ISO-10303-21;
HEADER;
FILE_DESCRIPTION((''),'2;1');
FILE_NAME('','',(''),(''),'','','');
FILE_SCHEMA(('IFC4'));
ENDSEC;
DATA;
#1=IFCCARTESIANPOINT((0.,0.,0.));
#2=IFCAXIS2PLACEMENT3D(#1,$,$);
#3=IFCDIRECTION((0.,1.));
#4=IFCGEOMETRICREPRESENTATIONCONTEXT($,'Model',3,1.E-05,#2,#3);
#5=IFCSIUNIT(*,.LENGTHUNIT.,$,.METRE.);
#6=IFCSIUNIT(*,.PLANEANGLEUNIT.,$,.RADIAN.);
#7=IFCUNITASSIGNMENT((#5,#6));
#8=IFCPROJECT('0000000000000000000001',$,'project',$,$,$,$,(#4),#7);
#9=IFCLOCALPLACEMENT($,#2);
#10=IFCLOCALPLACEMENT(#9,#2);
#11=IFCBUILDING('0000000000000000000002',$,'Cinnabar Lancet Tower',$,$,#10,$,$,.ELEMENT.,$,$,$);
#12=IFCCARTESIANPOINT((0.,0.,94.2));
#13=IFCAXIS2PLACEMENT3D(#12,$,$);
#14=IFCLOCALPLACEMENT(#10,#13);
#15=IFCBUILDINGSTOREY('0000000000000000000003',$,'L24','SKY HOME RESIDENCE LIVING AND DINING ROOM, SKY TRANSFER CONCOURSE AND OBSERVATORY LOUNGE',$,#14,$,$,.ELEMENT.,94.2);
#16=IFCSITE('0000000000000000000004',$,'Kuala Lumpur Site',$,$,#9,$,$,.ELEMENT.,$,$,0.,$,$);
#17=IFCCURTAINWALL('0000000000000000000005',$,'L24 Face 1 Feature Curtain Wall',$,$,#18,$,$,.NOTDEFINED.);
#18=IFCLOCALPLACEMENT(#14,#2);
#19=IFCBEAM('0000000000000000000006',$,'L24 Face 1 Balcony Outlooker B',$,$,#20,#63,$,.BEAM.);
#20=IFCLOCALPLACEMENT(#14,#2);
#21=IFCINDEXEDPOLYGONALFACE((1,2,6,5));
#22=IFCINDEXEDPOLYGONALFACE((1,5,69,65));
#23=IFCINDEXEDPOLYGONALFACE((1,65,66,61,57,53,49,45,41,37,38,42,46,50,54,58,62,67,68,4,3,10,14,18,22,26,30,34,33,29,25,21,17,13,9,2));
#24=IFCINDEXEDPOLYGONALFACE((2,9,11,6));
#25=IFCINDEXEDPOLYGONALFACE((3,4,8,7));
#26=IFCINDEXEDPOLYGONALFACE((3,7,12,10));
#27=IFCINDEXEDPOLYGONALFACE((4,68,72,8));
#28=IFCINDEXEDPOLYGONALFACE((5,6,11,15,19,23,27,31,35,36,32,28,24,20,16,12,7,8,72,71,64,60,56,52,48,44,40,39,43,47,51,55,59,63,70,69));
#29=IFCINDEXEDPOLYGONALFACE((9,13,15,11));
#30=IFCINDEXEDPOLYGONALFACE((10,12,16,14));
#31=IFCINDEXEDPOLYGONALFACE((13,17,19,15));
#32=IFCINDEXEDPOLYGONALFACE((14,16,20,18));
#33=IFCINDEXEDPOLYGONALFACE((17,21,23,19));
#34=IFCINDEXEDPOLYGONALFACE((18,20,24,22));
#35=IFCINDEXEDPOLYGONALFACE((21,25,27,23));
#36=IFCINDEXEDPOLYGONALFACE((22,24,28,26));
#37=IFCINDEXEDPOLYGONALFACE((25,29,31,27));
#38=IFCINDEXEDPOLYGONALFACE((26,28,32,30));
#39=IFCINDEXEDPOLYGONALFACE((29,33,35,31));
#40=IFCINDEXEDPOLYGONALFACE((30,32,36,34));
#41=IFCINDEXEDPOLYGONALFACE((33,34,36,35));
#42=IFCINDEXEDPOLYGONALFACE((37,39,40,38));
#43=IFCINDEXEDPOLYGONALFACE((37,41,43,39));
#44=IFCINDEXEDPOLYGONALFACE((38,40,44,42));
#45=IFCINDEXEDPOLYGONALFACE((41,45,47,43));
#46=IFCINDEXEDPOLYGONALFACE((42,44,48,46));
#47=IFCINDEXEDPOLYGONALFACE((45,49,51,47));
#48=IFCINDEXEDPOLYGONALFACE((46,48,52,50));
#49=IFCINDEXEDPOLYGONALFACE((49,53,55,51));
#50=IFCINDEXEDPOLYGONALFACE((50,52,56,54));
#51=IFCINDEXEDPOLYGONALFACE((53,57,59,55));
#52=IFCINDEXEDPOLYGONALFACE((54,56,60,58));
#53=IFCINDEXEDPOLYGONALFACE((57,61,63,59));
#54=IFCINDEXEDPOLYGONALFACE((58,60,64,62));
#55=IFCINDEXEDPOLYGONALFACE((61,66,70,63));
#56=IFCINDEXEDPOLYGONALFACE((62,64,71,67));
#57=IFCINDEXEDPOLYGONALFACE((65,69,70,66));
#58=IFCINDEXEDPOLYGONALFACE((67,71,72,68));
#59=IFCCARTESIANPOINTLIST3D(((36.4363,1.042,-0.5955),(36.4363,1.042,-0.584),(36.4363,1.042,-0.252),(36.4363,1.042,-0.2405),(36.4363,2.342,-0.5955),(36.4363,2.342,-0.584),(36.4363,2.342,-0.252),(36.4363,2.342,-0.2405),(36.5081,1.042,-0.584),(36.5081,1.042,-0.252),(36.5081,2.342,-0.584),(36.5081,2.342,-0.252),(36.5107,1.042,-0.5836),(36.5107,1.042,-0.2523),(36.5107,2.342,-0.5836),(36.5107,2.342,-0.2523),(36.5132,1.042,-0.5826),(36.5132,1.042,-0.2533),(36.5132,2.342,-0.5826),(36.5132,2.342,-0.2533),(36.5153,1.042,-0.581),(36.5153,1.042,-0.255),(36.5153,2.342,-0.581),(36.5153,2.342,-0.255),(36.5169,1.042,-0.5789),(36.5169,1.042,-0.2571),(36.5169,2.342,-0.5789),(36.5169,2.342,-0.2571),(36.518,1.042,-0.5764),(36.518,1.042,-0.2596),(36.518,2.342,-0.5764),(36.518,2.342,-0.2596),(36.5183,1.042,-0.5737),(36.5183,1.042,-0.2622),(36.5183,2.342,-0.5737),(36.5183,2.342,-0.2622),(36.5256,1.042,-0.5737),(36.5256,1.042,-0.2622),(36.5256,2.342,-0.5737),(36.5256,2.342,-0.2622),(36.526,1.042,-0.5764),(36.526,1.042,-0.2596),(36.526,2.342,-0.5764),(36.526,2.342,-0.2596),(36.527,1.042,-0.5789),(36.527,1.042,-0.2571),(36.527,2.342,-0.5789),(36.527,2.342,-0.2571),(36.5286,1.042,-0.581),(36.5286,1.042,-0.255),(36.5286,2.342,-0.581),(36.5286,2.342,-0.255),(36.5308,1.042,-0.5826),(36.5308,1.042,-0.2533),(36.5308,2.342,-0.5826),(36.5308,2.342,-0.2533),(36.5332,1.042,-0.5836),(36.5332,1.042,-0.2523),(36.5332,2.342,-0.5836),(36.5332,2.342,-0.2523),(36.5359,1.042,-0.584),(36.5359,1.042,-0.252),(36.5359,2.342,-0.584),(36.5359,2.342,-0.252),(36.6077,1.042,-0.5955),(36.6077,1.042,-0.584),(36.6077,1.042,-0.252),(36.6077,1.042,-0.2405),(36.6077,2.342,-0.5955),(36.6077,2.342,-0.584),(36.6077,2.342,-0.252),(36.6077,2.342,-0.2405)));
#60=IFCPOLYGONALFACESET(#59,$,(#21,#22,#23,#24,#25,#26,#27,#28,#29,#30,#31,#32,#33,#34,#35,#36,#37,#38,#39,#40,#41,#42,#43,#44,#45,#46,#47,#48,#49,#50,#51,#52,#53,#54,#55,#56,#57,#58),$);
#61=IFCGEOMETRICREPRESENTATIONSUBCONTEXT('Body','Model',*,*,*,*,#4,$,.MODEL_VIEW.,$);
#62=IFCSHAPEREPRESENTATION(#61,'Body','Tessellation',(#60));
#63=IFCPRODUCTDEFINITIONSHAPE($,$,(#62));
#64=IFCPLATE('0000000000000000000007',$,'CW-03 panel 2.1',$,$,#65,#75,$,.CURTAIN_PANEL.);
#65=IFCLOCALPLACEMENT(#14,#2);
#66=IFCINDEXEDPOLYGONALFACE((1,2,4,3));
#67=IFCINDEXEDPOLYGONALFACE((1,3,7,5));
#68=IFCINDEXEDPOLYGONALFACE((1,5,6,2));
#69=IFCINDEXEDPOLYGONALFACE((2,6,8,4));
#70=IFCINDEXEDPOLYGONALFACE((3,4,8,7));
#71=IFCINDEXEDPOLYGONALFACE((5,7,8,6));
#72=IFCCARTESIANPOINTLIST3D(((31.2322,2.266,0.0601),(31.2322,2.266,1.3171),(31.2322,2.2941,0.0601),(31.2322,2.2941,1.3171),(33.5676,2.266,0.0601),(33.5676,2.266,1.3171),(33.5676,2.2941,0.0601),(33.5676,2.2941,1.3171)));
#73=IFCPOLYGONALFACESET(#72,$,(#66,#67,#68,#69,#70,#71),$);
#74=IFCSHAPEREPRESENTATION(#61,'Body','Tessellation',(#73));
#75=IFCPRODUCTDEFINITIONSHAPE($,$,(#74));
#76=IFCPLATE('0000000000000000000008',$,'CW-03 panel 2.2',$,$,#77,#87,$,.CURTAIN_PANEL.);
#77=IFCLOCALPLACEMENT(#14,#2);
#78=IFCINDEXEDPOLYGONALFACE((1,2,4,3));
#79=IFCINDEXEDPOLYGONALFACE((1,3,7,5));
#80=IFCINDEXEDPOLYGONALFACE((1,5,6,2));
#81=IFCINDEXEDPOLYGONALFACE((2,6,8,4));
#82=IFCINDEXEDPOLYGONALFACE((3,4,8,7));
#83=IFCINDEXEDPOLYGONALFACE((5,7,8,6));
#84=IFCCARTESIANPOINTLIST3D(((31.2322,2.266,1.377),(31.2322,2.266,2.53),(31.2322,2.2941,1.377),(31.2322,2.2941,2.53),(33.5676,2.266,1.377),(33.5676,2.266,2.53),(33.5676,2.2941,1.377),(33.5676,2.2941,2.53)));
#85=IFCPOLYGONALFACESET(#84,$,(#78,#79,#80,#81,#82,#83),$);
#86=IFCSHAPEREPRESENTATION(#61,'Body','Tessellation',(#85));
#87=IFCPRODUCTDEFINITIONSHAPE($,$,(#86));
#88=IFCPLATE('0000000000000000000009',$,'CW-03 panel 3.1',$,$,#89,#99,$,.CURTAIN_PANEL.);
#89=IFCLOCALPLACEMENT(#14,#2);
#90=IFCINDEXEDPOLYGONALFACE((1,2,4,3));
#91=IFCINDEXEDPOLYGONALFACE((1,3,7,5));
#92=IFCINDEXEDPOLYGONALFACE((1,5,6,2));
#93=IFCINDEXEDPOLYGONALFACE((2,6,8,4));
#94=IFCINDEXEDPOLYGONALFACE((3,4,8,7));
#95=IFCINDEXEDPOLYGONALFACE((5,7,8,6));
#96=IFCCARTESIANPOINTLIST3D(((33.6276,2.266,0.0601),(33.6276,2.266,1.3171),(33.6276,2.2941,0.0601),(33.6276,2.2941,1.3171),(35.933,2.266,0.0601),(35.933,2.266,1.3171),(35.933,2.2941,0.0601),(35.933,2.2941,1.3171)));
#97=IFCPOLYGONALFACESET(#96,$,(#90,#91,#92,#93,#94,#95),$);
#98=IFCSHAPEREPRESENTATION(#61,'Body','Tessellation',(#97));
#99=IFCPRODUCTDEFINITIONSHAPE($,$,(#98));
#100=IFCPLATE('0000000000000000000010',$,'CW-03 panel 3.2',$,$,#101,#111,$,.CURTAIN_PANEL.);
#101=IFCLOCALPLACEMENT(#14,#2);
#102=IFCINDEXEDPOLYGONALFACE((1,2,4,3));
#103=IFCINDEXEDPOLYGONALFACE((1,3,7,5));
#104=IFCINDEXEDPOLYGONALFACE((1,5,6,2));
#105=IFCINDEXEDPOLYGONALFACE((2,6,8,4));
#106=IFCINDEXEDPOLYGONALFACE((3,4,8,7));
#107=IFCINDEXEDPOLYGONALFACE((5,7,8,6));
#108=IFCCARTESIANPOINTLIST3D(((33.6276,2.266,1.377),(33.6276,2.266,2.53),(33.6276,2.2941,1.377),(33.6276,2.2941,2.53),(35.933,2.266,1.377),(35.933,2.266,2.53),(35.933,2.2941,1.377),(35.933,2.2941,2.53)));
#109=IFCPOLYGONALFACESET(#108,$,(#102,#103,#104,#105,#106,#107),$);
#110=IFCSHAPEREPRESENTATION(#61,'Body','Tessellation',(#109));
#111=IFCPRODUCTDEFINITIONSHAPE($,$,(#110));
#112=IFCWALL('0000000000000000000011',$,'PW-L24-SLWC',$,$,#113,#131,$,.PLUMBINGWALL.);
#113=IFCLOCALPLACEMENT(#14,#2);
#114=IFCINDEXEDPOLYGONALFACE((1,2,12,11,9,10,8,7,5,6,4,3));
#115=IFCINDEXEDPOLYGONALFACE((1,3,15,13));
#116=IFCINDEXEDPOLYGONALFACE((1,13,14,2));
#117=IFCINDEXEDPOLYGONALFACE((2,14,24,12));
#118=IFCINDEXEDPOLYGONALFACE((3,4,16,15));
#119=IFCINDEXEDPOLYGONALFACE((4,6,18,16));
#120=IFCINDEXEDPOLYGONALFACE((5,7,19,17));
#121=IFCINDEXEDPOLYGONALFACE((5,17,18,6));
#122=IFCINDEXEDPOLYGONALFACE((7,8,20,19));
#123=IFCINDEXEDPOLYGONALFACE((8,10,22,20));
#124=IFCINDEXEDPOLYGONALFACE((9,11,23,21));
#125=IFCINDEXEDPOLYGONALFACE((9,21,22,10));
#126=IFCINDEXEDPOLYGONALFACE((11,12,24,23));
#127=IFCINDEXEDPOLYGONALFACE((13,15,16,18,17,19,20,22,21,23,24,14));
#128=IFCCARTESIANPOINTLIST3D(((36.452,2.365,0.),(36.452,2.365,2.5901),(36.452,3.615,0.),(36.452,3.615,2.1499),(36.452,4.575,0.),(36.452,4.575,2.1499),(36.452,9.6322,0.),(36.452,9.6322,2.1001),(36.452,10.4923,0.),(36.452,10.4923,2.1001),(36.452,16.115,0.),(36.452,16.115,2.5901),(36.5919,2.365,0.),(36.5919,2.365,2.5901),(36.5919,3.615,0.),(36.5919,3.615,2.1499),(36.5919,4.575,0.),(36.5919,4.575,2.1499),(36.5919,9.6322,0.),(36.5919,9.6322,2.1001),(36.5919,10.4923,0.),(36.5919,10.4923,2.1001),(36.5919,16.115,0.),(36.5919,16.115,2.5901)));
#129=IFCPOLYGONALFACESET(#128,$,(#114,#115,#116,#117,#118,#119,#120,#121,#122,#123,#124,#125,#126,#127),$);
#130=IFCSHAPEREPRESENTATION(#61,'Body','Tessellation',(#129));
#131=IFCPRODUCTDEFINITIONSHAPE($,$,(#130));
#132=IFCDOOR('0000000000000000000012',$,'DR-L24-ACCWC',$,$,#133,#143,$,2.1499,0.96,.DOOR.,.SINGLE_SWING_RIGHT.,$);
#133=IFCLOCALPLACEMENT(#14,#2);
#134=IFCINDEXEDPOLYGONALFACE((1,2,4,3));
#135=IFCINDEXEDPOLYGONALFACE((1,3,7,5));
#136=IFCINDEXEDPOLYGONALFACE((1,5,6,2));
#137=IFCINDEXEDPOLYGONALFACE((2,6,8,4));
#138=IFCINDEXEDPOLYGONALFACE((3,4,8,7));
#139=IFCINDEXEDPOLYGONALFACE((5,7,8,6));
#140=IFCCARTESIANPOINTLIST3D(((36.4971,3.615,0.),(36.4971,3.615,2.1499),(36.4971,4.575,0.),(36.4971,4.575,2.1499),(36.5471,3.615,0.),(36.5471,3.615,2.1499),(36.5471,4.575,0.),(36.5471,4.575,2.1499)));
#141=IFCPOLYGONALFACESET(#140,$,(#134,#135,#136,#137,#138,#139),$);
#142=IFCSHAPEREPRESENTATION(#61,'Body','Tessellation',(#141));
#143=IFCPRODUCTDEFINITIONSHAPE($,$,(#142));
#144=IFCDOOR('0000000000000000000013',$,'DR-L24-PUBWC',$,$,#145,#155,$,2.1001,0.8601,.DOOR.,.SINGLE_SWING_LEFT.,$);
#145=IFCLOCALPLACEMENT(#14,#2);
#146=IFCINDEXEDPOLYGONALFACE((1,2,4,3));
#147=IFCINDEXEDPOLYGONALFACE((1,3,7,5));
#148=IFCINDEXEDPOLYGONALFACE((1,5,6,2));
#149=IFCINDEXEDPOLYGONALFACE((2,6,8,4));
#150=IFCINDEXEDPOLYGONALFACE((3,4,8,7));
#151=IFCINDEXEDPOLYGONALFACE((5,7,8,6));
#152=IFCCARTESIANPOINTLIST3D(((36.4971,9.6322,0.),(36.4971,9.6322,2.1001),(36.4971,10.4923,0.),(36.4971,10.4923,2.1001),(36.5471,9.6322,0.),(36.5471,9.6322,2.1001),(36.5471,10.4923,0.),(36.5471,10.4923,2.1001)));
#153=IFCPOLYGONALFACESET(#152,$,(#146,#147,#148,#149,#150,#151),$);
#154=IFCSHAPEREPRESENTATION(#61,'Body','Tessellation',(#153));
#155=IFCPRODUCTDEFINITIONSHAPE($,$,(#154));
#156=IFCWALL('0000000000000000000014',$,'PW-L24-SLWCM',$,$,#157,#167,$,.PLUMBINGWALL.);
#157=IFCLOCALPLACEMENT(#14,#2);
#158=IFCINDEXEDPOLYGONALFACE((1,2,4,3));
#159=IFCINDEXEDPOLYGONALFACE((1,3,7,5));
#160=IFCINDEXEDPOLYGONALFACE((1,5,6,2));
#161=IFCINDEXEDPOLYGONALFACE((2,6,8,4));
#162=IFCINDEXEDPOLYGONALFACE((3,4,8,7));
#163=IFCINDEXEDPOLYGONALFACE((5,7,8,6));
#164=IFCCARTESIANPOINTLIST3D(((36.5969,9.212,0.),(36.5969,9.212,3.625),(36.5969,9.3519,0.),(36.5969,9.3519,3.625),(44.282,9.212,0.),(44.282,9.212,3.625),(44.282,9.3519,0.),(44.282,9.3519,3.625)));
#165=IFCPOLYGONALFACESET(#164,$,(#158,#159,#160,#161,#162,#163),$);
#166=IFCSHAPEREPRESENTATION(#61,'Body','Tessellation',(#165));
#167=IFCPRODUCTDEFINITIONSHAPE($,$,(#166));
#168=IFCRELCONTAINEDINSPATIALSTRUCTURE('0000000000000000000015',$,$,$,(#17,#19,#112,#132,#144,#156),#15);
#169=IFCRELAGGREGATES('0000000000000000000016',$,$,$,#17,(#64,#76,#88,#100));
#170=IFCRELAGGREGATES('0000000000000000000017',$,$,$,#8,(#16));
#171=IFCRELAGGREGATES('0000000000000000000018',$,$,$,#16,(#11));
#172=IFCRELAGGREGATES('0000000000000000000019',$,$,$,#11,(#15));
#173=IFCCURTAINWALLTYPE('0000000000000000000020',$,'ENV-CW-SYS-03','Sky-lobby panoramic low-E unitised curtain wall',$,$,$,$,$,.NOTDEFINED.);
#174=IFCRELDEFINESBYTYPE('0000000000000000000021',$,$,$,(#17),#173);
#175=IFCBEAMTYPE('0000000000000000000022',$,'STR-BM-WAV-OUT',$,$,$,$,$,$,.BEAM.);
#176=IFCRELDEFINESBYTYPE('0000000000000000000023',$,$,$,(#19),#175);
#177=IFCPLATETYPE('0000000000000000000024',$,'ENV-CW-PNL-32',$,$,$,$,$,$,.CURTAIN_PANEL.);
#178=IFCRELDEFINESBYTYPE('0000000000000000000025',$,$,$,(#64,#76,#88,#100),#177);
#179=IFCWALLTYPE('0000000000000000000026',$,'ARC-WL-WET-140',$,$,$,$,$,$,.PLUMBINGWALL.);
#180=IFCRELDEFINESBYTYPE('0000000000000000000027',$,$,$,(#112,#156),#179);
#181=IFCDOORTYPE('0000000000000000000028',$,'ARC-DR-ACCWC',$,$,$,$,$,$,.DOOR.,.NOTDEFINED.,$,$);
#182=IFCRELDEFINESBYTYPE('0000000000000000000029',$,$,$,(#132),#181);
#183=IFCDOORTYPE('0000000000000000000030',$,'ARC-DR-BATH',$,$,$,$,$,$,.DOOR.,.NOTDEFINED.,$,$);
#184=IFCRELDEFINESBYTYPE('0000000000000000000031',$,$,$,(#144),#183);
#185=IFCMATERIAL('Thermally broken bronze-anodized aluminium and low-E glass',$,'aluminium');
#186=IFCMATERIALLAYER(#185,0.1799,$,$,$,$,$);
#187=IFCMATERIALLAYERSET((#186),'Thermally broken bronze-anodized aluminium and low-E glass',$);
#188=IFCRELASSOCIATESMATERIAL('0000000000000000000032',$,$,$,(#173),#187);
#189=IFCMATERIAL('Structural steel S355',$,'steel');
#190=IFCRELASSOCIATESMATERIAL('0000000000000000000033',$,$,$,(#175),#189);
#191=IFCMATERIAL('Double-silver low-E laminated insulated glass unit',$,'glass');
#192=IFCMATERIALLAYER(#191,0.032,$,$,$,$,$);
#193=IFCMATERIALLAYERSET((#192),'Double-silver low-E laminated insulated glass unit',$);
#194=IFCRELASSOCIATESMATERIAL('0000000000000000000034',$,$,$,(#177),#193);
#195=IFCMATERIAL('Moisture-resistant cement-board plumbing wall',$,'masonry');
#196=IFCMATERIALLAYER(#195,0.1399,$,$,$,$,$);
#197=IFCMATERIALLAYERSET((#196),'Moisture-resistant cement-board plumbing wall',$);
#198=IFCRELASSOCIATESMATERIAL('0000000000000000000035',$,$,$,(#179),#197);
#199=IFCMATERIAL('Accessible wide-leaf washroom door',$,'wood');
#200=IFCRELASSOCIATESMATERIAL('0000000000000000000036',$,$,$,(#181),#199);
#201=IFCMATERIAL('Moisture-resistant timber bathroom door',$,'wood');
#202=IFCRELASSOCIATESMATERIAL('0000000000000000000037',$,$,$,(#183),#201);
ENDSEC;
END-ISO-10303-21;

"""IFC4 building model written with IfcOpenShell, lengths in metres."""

from ifc_helpers import new_model, si_unit, direction, frame, frame_2d, origin, origin_2d, place, context, subcontext, project, spatial, rectangle, i_section, extrude, material, layer, layer_set, material_profile, profile_set, type_object, element, fill, aggregate, save


model = new_model("IFC4")

# Units and contexts
model_context = context("Model", 3, precision=1e-05, world=origin(), true_north=direction((0.0, 1.0)))
body_context = subcontext(model_context, "Body", "Model", "MODEL_VIEW")
ifc_project = project(units=[si_unit("LENGTHUNIT", "METRE"), si_unit("PLANEANGLEUNIT", "RADIAN")], contexts=[model_context])

# Site, building, storey
site_placement = place(None, origin())
site = spatial("IfcSite", under=ifc_project, at=site_placement, Name="Kuala Lumpur Site", CompositionType="ELEMENT", RefElevation=0.0)
building_placement = place(site_placement, origin())
building = spatial("IfcBuilding", under=site, at=building_placement, Name="Cinnabar Lancet Tower", CompositionType="ELEMENT")
storey_placement = place(building_placement, frame((0.0, 0.0, 94.2)))
storey = spatial("IfcBuildingStorey", under=building, at=storey_placement, Name="L24", Description="SKY HOME RESIDENCE LIVING AND DINING ROOM, SKY TRANSFER CONCOURSE AND OBSERVATORY LOUNGE", CompositionType="ELEMENT", Elevation=94.2)

# Curtain wall
ifc_material_1 = material(Name="Thermally broken bronze-anodized aluminium and low-E glass", Category="aluminium")
ifc_layer_1 = layer(ifc_material_1, 0.1799)
ifc_layer_set_1 = layer_set([ifc_layer_1], Name="Thermally broken bronze-anodized aluminium and low-E glass")
curtain_wall_type = type_object("IfcCurtainWallType", Name="ENV-CW-SYS-03", Description="Sky-lobby panoramic low-E unitised curtain wall", PredefinedType="NOTDEFINED", material=ifc_layer_set_1)
curtain_wall_placement = place(storey_placement, origin())
curtain_wall = element("IfcCurtainWall", 1, at=curtain_wall_placement, inside=storey, type_object=curtain_wall_type, Name="L24 Face 1 Feature Curtain Wall", PredefinedType="NOTDEFINED")

# Beam
ifc_material_2 = material(Name="Structural steel S355", Category="steel")
ifc_material_profile_1 = material_profile(ifc_material_2, i_section(OverallWidth=0.1714, OverallDepth=0.355, WebThickness=0.0073, FlangeThickness=0.0115, FilletRadius=0.0103, at=origin_2d()), Name="UKB 356x171x51")
ifc_profile_set_1 = profile_set([ifc_material_profile_1], Name="Structural steel S355")
beam_type_1 = type_object("IfcBeamType", Name="STR-BM-WAV-OUT", PredefinedType="BEAM", material=ifc_profile_set_1)
beam_1_placement = place(storey_placement, frame((36.522, 2.342, -0.418), z_axis=(0.0, -1.0, 0.0), x_axis=(1.0, 0.0, 0.0)))
element("IfcBeam", 2, at=beam_1_placement, inside=storey, type_object=beam_type_1, Name="L24 Face 1 Balcony Outlooker B", PredefinedType="BEAM", context=body_context, shape_type="SweptSolid", body=[
    extrude(i_section(OverallWidth=0.1714, OverallDepth=0.355, WebThickness=0.0073, FlangeThickness=0.0115, FilletRadius=0.0103, at=origin_2d()), origin(), (0.0, 0.0, 1.0), 1.3),
])

# Plates
ifc_material_3 = material(Name="Double-silver low-E laminated insulated glass unit", Category="glass")
ifc_layer_2 = layer(ifc_material_3, 0.032)
ifc_layer_set_2 = layer_set([ifc_layer_2], Name="Double-silver low-E laminated insulated glass unit")
plate_type = type_object("IfcPlateType", Name="ENV-CW-PNL-32", PredefinedType="CURTAIN_PANEL", material=ifc_layer_set_2)
plate_1_placement = place(storey_placement, frame((32.3999, 2.28, 0.0601), z_axis=(0.0, 0.0, 1.0), x_axis=(1.0, 0.0, 0.0)))
plate_1 = element("IfcPlate", 3, at=plate_1_placement, type_object=plate_type, Name="CW-03 panel 2.1", PredefinedType="CURTAIN_PANEL", context=body_context, shape_type="SweptSolid", body=[
    extrude(rectangle(XDim=2.3354, YDim=0.0281, at=origin_2d()), origin(), (0.0, 0.0, 1.0), 1.2571),
])
plate_2_placement = place(storey_placement, frame((32.3999, 2.28, 1.377), z_axis=(0.0, 0.0, 1.0), x_axis=(1.0, 0.0, 0.0)))
plate_2 = element("IfcPlate", 4, at=plate_2_placement, type_object=plate_type, Name="CW-03 panel 2.2", PredefinedType="CURTAIN_PANEL", context=body_context, shape_type="SweptSolid", body=[
    extrude(rectangle(XDim=2.3354, YDim=0.0281, at=origin_2d()), origin(), (0.0, 0.0, 1.0), 1.1531),
])
plate_3_placement = place(storey_placement, frame((34.7803, 2.28, 0.0601), z_axis=(0.0, 0.0, 1.0), x_axis=(1.0, 0.0, 0.0)))
plate_3 = element("IfcPlate", 5, at=plate_3_placement, type_object=plate_type, Name="CW-03 panel 3.1", PredefinedType="CURTAIN_PANEL", context=body_context, shape_type="SweptSolid", body=[
    extrude(rectangle(XDim=2.3054, YDim=0.0281, at=origin_2d()), origin(), (0.0, 0.0, 1.0), 1.2571),
])
plate_4_placement = place(storey_placement, frame((34.7803, 2.28, 1.377), z_axis=(0.0, 0.0, 1.0), x_axis=(1.0, 0.0, 0.0)))
plate_4 = element("IfcPlate", 6, at=plate_4_placement, type_object=plate_type, Name="CW-03 panel 3.2", PredefinedType="CURTAIN_PANEL", context=body_context, shape_type="SweptSolid", body=[
    extrude(rectangle(XDim=2.3054, YDim=0.0281, at=origin_2d()), origin(), (0.0, 0.0, 1.0), 1.1531),
])
aggregate(curtain_wall, [plate_1, plate_2, plate_3, plate_4])

# Wall, openings, doors
ifc_material_4 = material(Name="Moisture-resistant cement-board plumbing wall", Category="masonry")
ifc_layer_3 = layer(ifc_material_4, 0.1399)
ifc_layer_set_3 = layer_set([ifc_layer_3], Name="Moisture-resistant cement-board plumbing wall")
wall_type_1 = type_object("IfcWallType", Name="ARC-WL-WET-140", PredefinedType="PLUMBINGWALL", material=ifc_layer_set_3)
wall_1_placement = place(storey_placement, frame((36.522, 2.365, 0.0), z_axis=(0.0, 0.0, 1.0), x_axis=(0.0, 1.0, 0.0)))
wall_1 = element("IfcWall", 7, at=wall_1_placement, inside=storey, type_object=wall_type_1, Name="PW-L24-SLWC", PredefinedType="PLUMBINGWALL", context=body_context, shape_type="SweptSolid", body=[
    extrude(rectangle(XDim=13.75, YDim=0.1399, at=frame_2d((6.875, 0.0))), origin(), (0.0, 0.0, 1.0), 2.5901),
])
opening_1_placement = place(wall_1_placement, frame((7.2671, 0.0, 0.0)))
opening_1 = element("IfcOpeningElement", 8, at=opening_1_placement, cuts=wall_1, PredefinedType="OPENING", context=body_context, shape_type="SweptSolid", body=[
    extrude(rectangle(XDim=0.8601, YDim=2.1001, at=frame_2d((0.4302, 1.05))), frame((0.0, 0.0798, 0.0), z_axis=(0.0, -1.0, 0.0), x_axis=(1.0, 0.0, 0.0)), (0.0, 0.0, 1.0), 0.1599),
])
opening_2_placement = place(wall_1_placement, frame((1.25, 0.0, 0.0)))
opening_2 = element("IfcOpeningElement", 9, at=opening_2_placement, cuts=wall_1, PredefinedType="OPENING", context=body_context, shape_type="SweptSolid", body=[
    extrude(rectangle(XDim=0.96, YDim=2.1499, at=frame_2d((0.48, 1.075))), frame((0.0, 0.0798, 0.0), z_axis=(0.0, -1.0, 0.0), x_axis=(1.0, 0.0, 0.0)), (0.0, 0.0, 1.0), 0.1599),
])
ifc_material_5 = material(Name="Accessible wide-leaf washroom door", Category="wood")
door_type_1 = type_object("IfcDoorType", Name="ARC-DR-ACCWC", OperationType="NOTDEFINED", PredefinedType="DOOR", material=ifc_material_5)
door_1_placement = place(opening_2_placement, origin())
door_1 = element("IfcDoor", 10, at=door_1_placement, inside=storey, type_object=door_type_1, Name="DR-L24-ACCWC", OperationType="SINGLE_SWING_RIGHT", OverallHeight=2.1499, OverallWidth=0.96, PredefinedType="DOOR", context=body_context, shape_type="SweptSolid", body=[
    extrude(rectangle(XDim=0.96, YDim=2.1499, at=frame_2d((0.48, 1.075))), frame((0.0, 0.0249, 0.0), z_axis=(0.0, -1.0, 0.0), x_axis=(1.0, 0.0, 0.0)), (0.0, 0.0, 1.0), 0.05),
])
fill(opening_2, door_1)
ifc_material_6 = material(Name="Moisture-resistant timber bathroom door", Category="wood")
door_type_2 = type_object("IfcDoorType", Name="ARC-DR-BATH", OperationType="NOTDEFINED", PredefinedType="DOOR", material=ifc_material_6)
door_2_placement = place(opening_1_placement, origin())
door_2 = element("IfcDoor", 11, at=door_2_placement, inside=storey, type_object=door_type_2, Name="DR-L24-PUBWC", OperationType="SINGLE_SWING_LEFT", OverallHeight=2.1001, OverallWidth=0.8601, PredefinedType="DOOR", context=body_context, shape_type="SweptSolid", body=[
    extrude(rectangle(XDim=0.8601, YDim=2.1001, at=frame_2d((0.4302, 1.05))), frame((0.0, 0.0249, 0.0), z_axis=(0.0, -1.0, 0.0), x_axis=(1.0, 0.0, 0.0)), (0.0, 0.0, 1.0), 0.05),
])
fill(opening_1, door_2)

# Wall
wall_2_placement = place(storey_placement, frame((36.5969, 9.282, 0.0), z_axis=(0.0, 0.0, 1.0), x_axis=(1.0, 0.0, 0.0)))
element("IfcWall", 12, at=wall_2_placement, inside=storey, type_object=wall_type_1, Name="PW-L24-SLWCM", PredefinedType="PLUMBINGWALL", context=body_context, shape_type="SweptSolid", body=[
    extrude(rectangle(XDim=7.6851, YDim=0.1399, at=frame_2d((3.8425, 0.0))), origin(), (0.0, 0.0, 1.0), 3.625),
])

save(model, "model.ifc")
